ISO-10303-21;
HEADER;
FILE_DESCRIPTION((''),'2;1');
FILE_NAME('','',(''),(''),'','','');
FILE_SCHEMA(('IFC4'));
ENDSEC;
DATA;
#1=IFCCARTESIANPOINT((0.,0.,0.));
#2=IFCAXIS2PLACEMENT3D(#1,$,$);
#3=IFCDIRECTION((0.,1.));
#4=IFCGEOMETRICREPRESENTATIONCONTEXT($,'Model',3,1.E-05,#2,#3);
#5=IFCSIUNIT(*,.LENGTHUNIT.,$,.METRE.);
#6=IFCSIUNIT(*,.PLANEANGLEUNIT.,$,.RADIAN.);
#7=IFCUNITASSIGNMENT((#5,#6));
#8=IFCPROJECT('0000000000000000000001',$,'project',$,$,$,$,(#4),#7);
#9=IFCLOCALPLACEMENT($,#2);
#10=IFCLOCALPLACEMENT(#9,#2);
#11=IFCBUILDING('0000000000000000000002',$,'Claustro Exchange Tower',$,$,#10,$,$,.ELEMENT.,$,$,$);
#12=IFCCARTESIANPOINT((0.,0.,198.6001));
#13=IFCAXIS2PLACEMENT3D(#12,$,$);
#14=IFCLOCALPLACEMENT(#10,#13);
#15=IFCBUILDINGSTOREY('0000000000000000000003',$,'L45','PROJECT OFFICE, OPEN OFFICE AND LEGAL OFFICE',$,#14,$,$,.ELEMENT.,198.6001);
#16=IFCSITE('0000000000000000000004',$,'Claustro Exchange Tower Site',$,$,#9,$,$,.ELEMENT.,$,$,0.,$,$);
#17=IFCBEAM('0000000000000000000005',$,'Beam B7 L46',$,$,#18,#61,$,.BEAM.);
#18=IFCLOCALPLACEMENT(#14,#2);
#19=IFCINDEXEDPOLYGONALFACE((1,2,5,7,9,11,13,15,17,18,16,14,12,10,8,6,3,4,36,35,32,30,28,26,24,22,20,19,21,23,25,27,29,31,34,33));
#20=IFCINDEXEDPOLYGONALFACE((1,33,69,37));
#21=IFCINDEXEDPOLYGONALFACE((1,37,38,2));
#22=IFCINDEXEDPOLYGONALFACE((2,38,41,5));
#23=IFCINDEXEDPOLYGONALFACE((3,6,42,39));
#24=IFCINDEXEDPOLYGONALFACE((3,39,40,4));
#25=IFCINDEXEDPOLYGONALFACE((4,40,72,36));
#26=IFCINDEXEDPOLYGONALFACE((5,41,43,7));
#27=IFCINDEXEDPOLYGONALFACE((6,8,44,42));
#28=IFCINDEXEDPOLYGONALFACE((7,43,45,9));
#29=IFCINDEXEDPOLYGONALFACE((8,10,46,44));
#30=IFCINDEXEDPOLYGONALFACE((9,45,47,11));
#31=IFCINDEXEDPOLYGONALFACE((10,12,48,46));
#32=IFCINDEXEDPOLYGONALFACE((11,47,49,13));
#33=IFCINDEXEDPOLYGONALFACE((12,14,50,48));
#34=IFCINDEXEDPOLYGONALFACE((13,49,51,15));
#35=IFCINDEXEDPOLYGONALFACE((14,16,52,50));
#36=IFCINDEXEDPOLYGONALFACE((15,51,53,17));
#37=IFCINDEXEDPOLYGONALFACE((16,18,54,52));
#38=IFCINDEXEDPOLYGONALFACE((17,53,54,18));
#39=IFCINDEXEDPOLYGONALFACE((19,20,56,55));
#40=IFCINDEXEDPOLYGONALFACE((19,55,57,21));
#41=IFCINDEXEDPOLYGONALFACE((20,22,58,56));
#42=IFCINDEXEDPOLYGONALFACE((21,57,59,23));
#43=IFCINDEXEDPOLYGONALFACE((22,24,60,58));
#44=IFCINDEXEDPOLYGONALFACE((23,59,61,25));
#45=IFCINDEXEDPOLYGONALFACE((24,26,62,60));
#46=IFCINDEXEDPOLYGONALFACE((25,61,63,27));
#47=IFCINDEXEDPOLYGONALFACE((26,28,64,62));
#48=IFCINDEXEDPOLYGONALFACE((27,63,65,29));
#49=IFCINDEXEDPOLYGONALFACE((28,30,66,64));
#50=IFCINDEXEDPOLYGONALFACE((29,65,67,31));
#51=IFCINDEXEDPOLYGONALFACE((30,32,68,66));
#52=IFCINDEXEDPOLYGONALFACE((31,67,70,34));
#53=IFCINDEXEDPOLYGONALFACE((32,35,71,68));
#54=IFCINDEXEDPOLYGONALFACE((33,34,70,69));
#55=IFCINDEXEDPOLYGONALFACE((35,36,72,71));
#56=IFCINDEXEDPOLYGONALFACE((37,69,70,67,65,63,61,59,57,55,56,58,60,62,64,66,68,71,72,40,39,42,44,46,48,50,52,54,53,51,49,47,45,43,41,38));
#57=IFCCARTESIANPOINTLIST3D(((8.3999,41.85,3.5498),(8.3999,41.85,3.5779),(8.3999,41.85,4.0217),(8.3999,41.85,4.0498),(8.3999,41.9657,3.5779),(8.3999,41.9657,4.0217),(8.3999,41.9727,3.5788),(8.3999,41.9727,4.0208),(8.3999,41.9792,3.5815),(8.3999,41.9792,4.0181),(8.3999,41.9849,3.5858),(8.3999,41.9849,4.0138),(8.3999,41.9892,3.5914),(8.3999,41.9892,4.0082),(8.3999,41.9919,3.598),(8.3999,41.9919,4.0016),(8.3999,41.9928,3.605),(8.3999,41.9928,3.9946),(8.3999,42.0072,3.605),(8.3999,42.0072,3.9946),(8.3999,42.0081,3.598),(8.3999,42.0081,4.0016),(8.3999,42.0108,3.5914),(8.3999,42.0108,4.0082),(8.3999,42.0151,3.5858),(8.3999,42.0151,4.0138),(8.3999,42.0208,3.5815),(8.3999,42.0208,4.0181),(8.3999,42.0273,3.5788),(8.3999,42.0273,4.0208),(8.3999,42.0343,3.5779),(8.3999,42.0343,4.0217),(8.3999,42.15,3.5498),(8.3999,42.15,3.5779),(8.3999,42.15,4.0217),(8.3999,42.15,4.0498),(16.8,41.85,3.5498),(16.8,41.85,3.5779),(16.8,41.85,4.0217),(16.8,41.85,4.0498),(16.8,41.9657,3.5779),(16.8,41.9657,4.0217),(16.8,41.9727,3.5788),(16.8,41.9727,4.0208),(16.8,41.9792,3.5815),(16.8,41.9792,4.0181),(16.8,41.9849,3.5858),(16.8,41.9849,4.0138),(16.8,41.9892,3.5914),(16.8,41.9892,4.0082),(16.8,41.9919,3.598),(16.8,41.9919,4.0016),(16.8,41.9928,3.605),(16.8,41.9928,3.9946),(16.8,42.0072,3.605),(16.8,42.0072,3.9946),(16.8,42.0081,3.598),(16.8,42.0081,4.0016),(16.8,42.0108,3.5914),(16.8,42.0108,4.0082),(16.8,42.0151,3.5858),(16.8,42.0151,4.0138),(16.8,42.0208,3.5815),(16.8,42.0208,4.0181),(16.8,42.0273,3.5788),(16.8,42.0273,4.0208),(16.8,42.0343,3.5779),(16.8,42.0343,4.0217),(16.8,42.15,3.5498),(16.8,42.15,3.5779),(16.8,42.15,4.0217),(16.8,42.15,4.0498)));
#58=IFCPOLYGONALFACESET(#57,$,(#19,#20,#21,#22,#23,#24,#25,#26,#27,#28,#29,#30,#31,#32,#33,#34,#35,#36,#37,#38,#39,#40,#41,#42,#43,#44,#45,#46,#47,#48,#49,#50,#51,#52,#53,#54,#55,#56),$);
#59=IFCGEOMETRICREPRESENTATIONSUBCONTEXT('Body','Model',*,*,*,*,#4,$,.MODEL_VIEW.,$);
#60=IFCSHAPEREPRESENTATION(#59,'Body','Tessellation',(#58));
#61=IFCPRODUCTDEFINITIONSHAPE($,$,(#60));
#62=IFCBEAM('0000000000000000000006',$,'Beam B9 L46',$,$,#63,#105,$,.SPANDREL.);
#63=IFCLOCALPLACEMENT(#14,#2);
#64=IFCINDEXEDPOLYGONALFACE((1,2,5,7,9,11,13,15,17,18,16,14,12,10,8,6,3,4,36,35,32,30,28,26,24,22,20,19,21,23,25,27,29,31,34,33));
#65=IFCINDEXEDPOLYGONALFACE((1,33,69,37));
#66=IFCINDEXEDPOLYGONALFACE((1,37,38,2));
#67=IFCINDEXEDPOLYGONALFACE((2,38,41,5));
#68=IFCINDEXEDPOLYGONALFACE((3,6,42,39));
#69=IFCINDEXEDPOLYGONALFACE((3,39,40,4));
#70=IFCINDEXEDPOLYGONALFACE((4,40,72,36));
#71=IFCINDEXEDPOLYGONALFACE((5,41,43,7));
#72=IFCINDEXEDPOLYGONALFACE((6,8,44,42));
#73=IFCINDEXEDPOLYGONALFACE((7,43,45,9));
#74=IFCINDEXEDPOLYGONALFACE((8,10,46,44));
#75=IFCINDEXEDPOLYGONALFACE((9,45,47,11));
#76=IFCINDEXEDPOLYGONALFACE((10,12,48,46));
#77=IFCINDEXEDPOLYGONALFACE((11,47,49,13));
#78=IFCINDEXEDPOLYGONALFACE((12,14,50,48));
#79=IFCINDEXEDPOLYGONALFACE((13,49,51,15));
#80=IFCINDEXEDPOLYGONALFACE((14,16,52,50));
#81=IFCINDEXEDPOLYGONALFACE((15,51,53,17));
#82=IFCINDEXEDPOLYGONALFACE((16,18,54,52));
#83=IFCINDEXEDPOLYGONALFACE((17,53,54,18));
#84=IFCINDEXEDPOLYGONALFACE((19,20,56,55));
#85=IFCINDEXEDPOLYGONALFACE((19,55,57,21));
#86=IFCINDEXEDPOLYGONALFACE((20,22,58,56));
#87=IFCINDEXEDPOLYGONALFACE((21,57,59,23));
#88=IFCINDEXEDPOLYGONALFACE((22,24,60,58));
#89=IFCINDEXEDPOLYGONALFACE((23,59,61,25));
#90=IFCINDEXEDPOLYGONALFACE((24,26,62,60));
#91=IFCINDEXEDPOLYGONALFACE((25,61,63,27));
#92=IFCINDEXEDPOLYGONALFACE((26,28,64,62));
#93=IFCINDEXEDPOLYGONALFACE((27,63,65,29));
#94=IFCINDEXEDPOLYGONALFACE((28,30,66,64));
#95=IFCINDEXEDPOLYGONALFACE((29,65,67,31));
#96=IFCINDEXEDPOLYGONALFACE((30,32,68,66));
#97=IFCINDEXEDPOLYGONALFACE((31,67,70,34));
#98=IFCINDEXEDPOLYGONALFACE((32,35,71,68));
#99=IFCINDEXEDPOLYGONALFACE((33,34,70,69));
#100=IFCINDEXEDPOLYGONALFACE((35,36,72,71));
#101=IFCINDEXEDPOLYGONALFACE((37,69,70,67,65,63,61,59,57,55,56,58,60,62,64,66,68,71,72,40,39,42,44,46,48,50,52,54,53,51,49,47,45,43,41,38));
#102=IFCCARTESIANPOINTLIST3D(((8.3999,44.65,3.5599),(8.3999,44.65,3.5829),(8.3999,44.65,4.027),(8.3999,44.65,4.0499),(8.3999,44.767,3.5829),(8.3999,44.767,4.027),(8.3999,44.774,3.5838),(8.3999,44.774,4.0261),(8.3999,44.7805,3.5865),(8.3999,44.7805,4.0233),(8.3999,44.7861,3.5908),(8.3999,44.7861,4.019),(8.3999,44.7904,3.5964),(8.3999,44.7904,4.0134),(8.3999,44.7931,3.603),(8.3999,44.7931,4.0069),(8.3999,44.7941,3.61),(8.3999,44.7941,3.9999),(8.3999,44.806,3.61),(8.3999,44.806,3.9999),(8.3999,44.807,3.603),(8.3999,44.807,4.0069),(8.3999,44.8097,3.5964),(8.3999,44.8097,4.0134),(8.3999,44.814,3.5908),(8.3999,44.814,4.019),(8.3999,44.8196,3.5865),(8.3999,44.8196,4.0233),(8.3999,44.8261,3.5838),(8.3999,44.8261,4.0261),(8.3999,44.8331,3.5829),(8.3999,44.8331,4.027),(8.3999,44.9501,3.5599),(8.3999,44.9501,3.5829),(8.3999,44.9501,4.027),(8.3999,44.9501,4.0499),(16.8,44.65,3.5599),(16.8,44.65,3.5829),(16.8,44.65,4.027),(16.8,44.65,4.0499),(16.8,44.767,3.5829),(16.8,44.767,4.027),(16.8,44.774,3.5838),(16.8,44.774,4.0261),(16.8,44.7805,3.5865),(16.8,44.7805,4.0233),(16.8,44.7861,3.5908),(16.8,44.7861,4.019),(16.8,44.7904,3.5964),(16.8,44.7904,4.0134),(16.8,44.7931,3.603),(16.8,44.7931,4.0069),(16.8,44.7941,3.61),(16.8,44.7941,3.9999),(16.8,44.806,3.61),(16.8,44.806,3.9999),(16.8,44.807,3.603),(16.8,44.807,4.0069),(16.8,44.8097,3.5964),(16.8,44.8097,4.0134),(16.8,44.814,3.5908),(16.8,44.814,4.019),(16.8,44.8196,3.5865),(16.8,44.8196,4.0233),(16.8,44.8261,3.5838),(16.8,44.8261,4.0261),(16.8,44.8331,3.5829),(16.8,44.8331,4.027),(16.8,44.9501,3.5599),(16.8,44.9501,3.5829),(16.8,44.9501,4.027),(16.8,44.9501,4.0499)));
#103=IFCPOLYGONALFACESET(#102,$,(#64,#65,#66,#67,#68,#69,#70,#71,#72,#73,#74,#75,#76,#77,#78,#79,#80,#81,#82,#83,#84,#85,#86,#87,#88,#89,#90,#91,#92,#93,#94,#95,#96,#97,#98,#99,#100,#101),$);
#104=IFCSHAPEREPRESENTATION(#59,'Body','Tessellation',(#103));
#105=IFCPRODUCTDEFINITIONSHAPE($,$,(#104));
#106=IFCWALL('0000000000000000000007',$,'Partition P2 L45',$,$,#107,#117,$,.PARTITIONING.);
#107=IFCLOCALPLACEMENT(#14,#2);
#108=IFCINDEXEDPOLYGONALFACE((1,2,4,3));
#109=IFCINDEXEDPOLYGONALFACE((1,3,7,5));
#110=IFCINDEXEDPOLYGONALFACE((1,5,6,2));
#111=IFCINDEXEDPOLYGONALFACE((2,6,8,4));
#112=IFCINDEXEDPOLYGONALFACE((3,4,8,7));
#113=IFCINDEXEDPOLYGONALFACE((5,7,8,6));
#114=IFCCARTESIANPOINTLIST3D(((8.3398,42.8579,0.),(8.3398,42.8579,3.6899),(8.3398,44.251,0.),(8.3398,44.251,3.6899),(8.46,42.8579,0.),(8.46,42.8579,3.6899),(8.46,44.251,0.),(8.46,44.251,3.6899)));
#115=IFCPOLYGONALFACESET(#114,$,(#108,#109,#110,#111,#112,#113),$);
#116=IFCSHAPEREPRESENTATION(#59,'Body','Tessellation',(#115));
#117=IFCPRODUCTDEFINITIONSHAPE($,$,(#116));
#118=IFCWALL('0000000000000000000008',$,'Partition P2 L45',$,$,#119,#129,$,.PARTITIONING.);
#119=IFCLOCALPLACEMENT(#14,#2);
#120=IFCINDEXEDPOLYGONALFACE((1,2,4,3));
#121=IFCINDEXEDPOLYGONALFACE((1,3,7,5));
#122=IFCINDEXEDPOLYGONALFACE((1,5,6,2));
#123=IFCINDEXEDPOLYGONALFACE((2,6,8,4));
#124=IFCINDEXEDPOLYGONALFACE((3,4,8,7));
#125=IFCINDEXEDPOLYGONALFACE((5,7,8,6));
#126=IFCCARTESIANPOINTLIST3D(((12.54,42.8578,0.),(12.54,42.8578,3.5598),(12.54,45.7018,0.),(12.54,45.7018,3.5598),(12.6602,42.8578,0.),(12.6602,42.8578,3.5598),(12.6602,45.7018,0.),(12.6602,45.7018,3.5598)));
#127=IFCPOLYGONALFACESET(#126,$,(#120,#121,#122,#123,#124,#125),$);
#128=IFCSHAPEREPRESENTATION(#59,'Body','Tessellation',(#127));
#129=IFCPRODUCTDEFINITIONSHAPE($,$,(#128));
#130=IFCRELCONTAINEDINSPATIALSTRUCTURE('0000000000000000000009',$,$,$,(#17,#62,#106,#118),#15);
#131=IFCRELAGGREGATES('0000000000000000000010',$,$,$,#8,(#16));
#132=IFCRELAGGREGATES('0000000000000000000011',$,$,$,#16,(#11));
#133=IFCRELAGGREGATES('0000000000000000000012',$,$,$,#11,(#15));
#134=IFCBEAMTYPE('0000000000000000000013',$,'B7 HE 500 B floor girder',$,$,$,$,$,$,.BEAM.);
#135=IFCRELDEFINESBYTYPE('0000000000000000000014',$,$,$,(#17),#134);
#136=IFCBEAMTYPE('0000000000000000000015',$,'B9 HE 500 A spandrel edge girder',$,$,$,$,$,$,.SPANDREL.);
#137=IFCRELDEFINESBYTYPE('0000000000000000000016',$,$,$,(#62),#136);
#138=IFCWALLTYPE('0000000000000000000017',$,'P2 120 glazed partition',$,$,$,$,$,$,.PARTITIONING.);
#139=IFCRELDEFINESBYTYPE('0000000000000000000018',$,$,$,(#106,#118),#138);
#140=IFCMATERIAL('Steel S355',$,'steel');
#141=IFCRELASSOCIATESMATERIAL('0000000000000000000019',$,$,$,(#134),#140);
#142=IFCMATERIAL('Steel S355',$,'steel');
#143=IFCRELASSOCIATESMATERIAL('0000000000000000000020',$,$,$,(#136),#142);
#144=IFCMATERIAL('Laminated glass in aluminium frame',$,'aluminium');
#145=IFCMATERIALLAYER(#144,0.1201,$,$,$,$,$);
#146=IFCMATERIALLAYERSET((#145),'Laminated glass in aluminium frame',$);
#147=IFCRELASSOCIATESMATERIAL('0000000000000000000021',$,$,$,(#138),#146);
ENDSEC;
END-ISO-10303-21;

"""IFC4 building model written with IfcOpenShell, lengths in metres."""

from ifc_helpers import new_model, si_unit, direction, frame, frame_2d, origin, origin_2d, place, context, subcontext, project, spatial, rectangle, i_section, extrude, material, layer, layer_set, material_profile, profile_set, type_object, element, save


model = new_model("IFC4")

# Units and contexts
model_context = context("Model", 3, precision=1e-05, world=origin(), true_north=direction((0.0, 1.0)))
body_context = subcontext(model_context, "Body", "Model", "MODEL_VIEW")
ifc_project = project(units=[si_unit("LENGTHUNIT", "METRE"), si_unit("PLANEANGLEUNIT", "RADIAN")], contexts=[model_context])

# Site, building, storey
site_placement = place(None, origin())
site = spatial("IfcSite", under=ifc_project, at=site_placement, Name="Claustro Exchange Tower Site", CompositionType="ELEMENT", RefElevation=0.0)
building_placement = place(site_placement, origin())
building = spatial("IfcBuilding", under=site, at=building_placement, Name="Claustro Exchange Tower", CompositionType="ELEMENT")
storey_placement = place(building_placement, frame((0.0, 0.0, 198.6001)))
storey = spatial("IfcBuildingStorey", under=building, at=storey_placement, Name="L45", Description="PROJECT OFFICE, OPEN OFFICE AND LEGAL OFFICE", CompositionType="ELEMENT", Elevation=198.6001)

# Beams
ifc_material_1 = material(Name="Steel S355", Category="steel")
ifc_material_profile_1 = material_profile(ifc_material_1, i_section(OverallWidth=0.3, OverallDepth=0.5, WebThickness=0.0144, FlangeThickness=0.0281, FilletRadius=0.0271, at=origin_2d()), Name="HE 500 B")
ifc_profile_set_1 = profile_set([ifc_material_profile_1], Name="Steel S355")
beam_type_1 = type_object("IfcBeamType", Name="B7 HE 500 B floor girder", PredefinedType="BEAM", material=ifc_profile_set_1)
beam_1_placement = place(storey_placement, frame((8.3999, 42.0, 3.7998), z_axis=(1.0, 0.0, 0.0), x_axis=(0.0, 1.0, 0.0)))
element("IfcBeam", 1, at=beam_1_placement, inside=storey, type_object=beam_type_1, Name="Beam B7 L46", PredefinedType="BEAM", context=body_context, shape_type="SweptSolid", body=[
    extrude(i_section(OverallWidth=0.3, OverallDepth=0.5, WebThickness=0.0144, FlangeThickness=0.0281, FilletRadius=0.0271, at=origin_2d()), origin(), (0.0, 0.0, 1.0), 8.4001),
])
ifc_material_2 = material(Name="Steel S355", Category="steel")
ifc_material_profile_2 = material_profile(ifc_material_2, i_section(OverallWidth=0.3, OverallDepth=0.49, WebThickness=0.012, FlangeThickness=0.0229, FilletRadius=0.0271, at=origin_2d()), Name="HE 500 A")
ifc_profile_set_2 = profile_set([ifc_material_profile_2], Name="Steel S355")
beam_type_2 = type_object("IfcBeamType", Name="B9 HE 500 A spandrel edge girder", PredefinedType="SPANDREL", material=ifc_profile_set_2)
beam_2_placement = place(storey_placement, frame((8.3999, 44.8, 3.8049), z_axis=(1.0, 0.0, 0.0), x_axis=(0.0, 1.0, 0.0)))
element("IfcBeam", 2, at=beam_2_placement, inside=storey, type_object=beam_type_2, Name="Beam B9 L46", PredefinedType="SPANDREL", context=body_context, shape_type="SweptSolid", body=[
    extrude(i_section(OverallWidth=0.3, OverallDepth=0.49, WebThickness=0.012, FlangeThickness=0.0229, FilletRadius=0.0271, at=origin_2d()), origin(), (0.0, 0.0, 1.0), 8.4001),
])

# Walls
ifc_material_3 = material(Name="Laminated glass in aluminium frame", Category="aluminium")
ifc_layer_1 = layer(ifc_material_3, 0.1201)
ifc_layer_set_1 = layer_set([ifc_layer_1], Name="Laminated glass in aluminium frame")
wall_type_1 = type_object("IfcWallType", Name="P2 120 glazed partition", PredefinedType="PARTITIONING", material=ifc_layer_set_1)
wall_1_placement = place(storey_placement, frame((8.3999, 42.8579, 0.0), z_axis=(0.0, 0.0, 1.0), x_axis=(0.0, 1.0, 0.0)))
element("IfcWall", 3, at=wall_1_placement, inside=storey, type_object=wall_type_1, Name="Partition P2 L45", PredefinedType="PARTITIONING", context=body_context, shape_type="SweptSolid", body=[
    extrude(rectangle(XDim=1.3931, YDim=0.1201, at=frame_2d((0.6965, 0.0))), origin(), (0.0, 0.0, 1.0), 3.6899),
])
wall_2_placement = place(storey_placement, frame((12.6001, 42.8579, 0.0), z_axis=(0.0, 0.0, 1.0), x_axis=(0.0, 1.0, 0.0)))
element("IfcWall", 4, at=wall_2_placement, inside=storey, type_object=wall_type_1, Name="Partition P2 L45", PredefinedType="PARTITIONING", context=body_context, shape_type="SweptSolid", body=[
    extrude(rectangle(XDim=2.844, YDim=0.1201, at=frame_2d((1.4219, 0.0))), origin(), (0.0, 0.0, 1.0), 3.5598),
])

save(model, "model.ifc")
